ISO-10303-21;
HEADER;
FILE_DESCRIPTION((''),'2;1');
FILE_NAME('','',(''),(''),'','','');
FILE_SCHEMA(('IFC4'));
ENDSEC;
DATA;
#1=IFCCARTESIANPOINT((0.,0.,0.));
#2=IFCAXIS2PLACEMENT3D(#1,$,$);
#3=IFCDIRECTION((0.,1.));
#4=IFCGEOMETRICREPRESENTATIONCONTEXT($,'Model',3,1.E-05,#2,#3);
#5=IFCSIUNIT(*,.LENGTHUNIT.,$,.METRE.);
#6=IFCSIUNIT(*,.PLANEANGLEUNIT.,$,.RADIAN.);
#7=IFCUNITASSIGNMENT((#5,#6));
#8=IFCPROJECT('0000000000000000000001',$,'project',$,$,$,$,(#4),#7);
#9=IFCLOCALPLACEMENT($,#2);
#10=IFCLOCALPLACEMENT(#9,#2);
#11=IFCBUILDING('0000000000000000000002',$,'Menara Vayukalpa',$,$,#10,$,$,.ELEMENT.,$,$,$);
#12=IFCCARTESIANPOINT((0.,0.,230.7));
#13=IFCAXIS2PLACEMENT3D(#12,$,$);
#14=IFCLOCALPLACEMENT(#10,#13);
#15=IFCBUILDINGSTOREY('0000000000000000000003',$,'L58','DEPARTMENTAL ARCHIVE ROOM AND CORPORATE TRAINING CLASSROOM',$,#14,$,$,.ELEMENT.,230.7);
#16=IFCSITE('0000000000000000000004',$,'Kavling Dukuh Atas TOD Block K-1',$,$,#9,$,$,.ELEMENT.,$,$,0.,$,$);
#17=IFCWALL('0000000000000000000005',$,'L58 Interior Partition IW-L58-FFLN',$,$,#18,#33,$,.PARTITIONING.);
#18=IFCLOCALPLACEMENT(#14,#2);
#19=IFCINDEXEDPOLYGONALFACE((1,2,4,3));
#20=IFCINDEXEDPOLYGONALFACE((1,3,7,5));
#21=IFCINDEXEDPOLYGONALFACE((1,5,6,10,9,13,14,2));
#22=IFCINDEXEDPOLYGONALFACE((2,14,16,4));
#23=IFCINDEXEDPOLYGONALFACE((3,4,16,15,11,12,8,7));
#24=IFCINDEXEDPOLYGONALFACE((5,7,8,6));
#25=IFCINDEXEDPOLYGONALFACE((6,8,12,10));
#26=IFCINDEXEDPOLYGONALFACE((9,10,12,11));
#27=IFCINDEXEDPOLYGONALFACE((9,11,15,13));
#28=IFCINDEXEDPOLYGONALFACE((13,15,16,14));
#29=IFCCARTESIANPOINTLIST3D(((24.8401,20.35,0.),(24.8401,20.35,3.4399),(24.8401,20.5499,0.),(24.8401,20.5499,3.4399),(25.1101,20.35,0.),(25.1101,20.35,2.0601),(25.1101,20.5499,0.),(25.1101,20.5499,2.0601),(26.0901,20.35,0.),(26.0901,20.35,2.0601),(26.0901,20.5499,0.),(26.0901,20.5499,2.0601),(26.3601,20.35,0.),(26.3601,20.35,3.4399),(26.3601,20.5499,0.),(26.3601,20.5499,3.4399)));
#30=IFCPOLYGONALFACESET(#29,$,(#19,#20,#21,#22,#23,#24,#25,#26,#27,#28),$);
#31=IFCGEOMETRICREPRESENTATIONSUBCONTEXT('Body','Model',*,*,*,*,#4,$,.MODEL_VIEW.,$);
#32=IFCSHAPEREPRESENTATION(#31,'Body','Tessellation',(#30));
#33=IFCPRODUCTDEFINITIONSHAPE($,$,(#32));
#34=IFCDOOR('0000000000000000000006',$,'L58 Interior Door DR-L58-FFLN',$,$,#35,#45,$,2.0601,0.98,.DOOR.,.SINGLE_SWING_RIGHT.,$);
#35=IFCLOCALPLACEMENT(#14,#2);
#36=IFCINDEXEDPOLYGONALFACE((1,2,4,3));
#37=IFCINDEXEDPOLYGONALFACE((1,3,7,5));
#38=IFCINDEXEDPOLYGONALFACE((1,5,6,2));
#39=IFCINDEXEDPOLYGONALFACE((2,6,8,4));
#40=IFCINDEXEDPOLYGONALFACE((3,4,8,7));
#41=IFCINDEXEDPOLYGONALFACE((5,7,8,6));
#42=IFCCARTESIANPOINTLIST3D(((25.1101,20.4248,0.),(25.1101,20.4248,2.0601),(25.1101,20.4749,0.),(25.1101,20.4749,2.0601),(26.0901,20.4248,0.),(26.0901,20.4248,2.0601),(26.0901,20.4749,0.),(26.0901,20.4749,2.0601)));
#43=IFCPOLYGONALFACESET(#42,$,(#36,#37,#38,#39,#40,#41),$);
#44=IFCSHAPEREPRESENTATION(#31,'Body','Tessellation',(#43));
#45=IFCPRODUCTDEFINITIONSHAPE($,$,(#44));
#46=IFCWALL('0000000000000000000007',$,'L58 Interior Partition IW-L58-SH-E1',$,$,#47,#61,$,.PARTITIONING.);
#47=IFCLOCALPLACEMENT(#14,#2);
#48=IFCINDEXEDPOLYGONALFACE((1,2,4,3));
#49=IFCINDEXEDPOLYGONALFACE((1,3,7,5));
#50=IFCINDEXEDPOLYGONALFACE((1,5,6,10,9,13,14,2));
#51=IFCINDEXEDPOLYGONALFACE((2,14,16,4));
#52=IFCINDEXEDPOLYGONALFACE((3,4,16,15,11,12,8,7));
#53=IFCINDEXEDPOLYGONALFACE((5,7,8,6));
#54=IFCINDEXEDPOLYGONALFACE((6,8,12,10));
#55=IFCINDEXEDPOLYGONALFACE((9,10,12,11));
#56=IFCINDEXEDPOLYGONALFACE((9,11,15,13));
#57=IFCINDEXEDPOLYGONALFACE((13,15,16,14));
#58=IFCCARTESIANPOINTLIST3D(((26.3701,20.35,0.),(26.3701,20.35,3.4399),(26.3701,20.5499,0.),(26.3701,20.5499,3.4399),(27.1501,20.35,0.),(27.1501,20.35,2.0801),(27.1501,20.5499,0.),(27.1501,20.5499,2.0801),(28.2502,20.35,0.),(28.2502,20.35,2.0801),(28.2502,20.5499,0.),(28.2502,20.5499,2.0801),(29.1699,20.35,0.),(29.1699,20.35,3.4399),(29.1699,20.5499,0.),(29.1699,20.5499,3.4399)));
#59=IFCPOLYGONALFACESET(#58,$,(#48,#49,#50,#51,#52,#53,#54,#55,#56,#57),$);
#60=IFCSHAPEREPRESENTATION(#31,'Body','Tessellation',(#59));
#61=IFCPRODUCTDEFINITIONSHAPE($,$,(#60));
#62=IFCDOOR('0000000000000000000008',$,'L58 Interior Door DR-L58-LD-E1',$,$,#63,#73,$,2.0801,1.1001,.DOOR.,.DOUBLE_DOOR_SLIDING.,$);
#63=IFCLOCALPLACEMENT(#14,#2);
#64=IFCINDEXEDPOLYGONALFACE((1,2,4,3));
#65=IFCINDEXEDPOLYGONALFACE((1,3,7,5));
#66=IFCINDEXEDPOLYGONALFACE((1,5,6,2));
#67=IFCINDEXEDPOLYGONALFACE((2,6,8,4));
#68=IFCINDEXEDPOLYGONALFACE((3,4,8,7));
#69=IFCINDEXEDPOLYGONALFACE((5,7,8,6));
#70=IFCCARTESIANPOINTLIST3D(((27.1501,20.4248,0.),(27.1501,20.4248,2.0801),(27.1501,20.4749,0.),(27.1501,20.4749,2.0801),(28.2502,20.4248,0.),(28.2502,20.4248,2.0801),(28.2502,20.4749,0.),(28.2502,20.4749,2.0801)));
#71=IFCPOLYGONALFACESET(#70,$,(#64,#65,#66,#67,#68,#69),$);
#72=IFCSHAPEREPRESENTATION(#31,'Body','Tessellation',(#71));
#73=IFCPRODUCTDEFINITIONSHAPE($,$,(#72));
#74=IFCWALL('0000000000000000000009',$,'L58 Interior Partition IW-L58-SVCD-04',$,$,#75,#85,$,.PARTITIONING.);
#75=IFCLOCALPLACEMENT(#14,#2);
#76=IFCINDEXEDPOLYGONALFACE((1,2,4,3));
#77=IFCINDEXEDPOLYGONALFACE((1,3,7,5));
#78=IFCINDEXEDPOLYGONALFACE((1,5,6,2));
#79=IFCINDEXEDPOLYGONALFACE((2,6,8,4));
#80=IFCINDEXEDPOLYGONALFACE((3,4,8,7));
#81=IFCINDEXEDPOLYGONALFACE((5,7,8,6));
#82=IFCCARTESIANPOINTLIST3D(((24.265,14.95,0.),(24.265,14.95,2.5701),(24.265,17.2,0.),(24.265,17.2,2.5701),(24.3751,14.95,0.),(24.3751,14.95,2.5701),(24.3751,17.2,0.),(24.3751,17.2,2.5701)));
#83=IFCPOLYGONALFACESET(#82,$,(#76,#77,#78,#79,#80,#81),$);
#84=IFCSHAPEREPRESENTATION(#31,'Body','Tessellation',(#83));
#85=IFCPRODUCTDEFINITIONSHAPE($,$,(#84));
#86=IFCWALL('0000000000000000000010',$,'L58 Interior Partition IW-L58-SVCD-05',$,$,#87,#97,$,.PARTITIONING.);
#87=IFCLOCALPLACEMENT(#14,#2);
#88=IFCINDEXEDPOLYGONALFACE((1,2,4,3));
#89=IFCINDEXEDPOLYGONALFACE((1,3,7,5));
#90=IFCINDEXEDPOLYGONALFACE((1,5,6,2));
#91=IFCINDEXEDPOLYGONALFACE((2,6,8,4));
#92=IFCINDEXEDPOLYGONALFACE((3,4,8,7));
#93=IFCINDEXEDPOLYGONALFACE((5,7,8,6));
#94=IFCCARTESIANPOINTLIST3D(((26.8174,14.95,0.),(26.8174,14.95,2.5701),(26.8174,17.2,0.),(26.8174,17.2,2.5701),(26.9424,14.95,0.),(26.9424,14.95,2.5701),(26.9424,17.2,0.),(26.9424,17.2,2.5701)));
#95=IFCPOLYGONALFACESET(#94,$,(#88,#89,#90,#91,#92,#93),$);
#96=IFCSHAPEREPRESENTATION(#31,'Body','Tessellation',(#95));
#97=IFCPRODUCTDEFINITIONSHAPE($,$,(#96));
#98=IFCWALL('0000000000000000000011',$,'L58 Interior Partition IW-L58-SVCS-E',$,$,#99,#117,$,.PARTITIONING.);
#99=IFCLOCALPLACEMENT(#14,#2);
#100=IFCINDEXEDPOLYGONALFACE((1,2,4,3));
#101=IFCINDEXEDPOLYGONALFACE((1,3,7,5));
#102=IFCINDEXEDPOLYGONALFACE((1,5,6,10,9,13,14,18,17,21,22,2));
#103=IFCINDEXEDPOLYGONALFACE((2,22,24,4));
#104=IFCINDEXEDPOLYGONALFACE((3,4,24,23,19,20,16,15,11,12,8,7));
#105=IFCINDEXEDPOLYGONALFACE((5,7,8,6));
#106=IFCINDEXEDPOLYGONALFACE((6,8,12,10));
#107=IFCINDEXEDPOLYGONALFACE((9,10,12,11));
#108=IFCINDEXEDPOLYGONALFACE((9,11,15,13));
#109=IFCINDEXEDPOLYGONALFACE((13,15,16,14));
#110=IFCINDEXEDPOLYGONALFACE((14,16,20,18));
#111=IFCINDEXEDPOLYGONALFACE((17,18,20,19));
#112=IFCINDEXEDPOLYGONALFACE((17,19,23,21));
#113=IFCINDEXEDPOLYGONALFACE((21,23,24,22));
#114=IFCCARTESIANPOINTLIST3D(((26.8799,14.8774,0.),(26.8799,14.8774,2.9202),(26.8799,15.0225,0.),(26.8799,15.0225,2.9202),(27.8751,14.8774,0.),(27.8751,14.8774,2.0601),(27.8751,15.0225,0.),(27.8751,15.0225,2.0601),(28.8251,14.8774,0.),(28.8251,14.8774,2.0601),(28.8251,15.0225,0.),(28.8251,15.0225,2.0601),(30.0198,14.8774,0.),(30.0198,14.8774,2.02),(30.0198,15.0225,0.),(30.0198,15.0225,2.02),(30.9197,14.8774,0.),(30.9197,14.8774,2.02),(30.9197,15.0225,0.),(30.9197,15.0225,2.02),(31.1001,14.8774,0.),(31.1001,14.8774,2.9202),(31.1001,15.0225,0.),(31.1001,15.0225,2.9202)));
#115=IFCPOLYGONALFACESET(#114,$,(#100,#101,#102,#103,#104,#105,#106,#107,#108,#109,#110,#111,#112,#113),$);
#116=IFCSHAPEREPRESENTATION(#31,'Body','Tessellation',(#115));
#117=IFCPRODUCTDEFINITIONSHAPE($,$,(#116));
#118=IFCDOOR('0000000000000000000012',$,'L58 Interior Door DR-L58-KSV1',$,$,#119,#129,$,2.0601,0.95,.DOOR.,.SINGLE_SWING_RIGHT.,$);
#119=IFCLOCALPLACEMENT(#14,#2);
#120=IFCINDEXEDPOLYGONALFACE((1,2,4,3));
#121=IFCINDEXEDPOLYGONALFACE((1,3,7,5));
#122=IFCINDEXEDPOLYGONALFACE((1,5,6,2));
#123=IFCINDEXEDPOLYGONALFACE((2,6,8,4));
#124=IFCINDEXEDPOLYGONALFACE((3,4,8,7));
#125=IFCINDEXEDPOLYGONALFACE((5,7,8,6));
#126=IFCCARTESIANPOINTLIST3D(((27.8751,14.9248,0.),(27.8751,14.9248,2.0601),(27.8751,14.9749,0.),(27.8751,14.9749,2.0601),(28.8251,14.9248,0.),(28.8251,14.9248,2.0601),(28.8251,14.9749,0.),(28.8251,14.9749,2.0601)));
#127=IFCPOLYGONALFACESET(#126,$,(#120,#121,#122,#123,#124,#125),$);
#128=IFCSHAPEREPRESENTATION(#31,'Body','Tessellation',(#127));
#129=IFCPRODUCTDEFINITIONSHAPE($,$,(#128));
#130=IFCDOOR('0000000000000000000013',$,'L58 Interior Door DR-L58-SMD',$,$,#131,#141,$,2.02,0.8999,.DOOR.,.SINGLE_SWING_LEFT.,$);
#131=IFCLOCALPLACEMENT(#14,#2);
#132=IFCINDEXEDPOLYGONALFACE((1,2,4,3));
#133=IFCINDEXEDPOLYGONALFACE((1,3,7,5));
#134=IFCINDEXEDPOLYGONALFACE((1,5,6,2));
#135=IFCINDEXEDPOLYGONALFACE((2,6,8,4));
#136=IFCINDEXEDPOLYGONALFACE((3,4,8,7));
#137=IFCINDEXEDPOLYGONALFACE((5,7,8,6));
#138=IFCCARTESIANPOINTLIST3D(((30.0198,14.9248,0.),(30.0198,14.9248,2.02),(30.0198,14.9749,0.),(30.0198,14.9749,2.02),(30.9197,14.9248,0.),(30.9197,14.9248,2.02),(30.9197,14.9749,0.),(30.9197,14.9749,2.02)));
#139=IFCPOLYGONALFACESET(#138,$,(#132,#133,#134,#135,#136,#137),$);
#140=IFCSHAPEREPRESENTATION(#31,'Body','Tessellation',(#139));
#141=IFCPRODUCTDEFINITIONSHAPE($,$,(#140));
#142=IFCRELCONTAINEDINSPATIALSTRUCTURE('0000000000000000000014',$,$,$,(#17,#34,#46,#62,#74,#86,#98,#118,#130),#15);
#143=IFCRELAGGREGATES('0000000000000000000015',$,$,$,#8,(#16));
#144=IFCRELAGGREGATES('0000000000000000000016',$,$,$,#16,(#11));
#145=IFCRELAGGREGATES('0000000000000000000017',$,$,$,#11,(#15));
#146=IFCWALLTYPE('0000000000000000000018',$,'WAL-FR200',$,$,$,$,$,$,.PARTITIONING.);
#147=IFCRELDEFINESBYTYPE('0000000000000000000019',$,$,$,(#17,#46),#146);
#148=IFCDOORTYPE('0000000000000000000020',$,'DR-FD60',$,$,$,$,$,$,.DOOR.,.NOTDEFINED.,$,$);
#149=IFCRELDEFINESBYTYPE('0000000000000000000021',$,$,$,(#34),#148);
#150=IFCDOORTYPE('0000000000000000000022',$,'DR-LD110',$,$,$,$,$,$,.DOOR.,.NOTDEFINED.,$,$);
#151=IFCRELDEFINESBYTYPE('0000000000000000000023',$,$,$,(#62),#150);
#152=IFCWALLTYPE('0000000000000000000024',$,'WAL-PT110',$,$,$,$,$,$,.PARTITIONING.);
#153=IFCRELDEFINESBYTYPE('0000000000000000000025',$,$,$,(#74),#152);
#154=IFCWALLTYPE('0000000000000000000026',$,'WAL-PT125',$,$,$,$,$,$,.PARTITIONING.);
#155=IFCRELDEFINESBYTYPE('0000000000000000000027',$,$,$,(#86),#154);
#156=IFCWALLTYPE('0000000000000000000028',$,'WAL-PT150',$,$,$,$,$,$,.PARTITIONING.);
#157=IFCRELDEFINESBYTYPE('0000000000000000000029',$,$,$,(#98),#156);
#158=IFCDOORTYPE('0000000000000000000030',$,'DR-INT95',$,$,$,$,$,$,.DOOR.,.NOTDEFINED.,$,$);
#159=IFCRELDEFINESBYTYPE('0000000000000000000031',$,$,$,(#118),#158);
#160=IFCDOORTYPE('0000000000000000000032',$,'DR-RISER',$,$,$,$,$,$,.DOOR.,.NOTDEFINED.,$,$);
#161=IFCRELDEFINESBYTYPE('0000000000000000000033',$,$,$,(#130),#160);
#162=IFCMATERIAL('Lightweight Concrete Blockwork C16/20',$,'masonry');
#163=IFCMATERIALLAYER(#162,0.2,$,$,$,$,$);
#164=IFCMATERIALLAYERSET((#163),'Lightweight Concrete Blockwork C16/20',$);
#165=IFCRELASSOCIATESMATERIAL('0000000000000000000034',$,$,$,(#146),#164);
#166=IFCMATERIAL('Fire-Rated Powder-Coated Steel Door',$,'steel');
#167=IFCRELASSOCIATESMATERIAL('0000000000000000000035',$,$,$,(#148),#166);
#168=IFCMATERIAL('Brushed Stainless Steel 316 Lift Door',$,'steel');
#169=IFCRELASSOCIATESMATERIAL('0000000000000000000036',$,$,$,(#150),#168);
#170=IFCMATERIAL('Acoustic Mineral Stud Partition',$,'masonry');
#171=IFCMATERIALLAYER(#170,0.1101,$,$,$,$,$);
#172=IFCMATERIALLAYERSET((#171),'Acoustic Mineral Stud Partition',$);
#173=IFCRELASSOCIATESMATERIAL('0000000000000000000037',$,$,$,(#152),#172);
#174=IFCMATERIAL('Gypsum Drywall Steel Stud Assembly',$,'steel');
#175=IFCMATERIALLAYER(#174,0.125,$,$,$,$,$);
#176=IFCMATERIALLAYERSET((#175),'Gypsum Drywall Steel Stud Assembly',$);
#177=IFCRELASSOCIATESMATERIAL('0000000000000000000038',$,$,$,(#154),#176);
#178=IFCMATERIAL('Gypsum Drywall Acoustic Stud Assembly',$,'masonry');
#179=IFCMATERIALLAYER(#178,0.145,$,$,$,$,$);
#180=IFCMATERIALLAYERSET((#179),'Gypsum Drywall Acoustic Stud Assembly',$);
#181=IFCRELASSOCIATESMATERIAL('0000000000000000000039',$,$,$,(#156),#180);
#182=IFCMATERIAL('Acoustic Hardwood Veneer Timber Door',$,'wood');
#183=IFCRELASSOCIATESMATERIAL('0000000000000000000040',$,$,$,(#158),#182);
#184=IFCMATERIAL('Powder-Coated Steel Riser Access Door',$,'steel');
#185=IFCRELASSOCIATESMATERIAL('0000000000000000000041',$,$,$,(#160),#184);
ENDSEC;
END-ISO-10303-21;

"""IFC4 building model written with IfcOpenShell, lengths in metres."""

from ifc_helpers import new_model, si_unit, direction, frame, frame_2d, origin, place, context, subcontext, project, spatial, rectangle, extrude, material, layer, layer_set, type_object, element, fill, save


model = new_model("IFC4")

# Units and contexts
model_context = context("Model", 3, precision=1e-05, world=origin(), true_north=direction((0.0, 1.0)))
body_context = subcontext(model_context, "Body", "Model", "MODEL_VIEW")
ifc_project = project(units=[si_unit("LENGTHUNIT", "METRE"), si_unit("PLANEANGLEUNIT", "RADIAN")], contexts=[model_context])

# Site, building, storey
site_placement = place(None, origin())
site = spatial("IfcSite", under=ifc_project, at=site_placement, Name="Kavling Dukuh Atas TOD Block K-1", CompositionType="ELEMENT", RefElevation=0.0)
building_placement = place(site_placement, origin())
building = spatial("IfcBuilding", under=site, at=building_placement, Name="Menara Vayukalpa", CompositionType="ELEMENT")
storey_placement = place(building_placement, frame((0.0, 0.0, 230.7)))
storey = spatial("IfcBuildingStorey", under=building, at=storey_placement, Name="L58", Description="DEPARTMENTAL ARCHIVE ROOM AND CORPORATE TRAINING CLASSROOM", CompositionType="ELEMENT", Elevation=230.7)

# Walls, openings, doors
ifc_material_1 = material(Name="Lightweight Concrete Blockwork C16/20", Category="masonry")
ifc_layer_1 = layer(ifc_material_1, 0.2)
ifc_layer_set_1 = layer_set([ifc_layer_1], Name="Lightweight Concrete Blockwork C16/20")
wall_type_1 = type_object("IfcWallType", Name="WAL-FR200", PredefinedType="PARTITIONING", material=ifc_layer_set_1)
wall_1_placement = place(storey_placement, frame((24.8401, 20.45, 0.0), z_axis=(0.0, 0.0, 1.0), x_axis=(1.0, 0.0, 0.0)))
wall_1 = element("IfcWall", 1, at=wall_1_placement, inside=storey, type_object=wall_type_1, Name="L58 Interior Partition IW-L58-FFLN", PredefinedType="PARTITIONING", context=body_context, shape_type="SweptSolid", body=[
    extrude(rectangle(XDim=1.52, YDim=0.2, at=frame_2d((0.76, 0.0))), origin(), (0.0, 0.0, 1.0), 3.4399),
])
opening_1_placement = place(wall_1_placement, frame((0.27, 0.0, 0.0)))
opening_1 = element("IfcOpeningElement", 2, at=opening_1_placement, cuts=wall_1, PredefinedType="OPENING", context=body_context, shape_type="SweptSolid", body=[
    extrude(rectangle(XDim=0.98, YDim=2.0601, at=frame_2d((0.49, 1.03))), frame((0.0, 0.1099, 0.0), z_axis=(0.0, -1.0, 0.0), x_axis=(1.0, 0.0, 0.0)), (0.0, 0.0, 1.0), 0.22),
])
ifc_material_2 = material(Name="Fire-Rated Powder-Coated Steel Door", Category="steel")
door_type_1 = type_object("IfcDoorType", Name="DR-FD60", OperationType="NOTDEFINED", PredefinedType="DOOR", material=ifc_material_2)
door_1_placement = place(opening_1_placement, origin())
door_1 = element("IfcDoor", 3, at=door_1_placement, inside=storey, type_object=door_type_1, Name="L58 Interior Door DR-L58-FFLN", OperationType="SINGLE_SWING_RIGHT", OverallHeight=2.0601, OverallWidth=0.98, PredefinedType="DOOR", context=body_context, shape_type="SweptSolid", body=[
    extrude(rectangle(XDim=0.98, YDim=2.0601, at=frame_2d((0.49, 1.03))), frame((0.0, 0.0249, 0.0), z_axis=(0.0, -1.0, 0.0), x_axis=(1.0, 0.0, 0.0)), (0.0, 0.0, 1.0), 0.05),
])
fill(opening_1, door_1)
wall_2_placement = place(storey_placement, frame((26.3701, 20.45, 0.0), z_axis=(0.0, 0.0, 1.0), x_axis=(1.0, 0.0, 0.0)))
wall_2 = element("IfcWall", 4, at=wall_2_placement, inside=storey, type_object=wall_type_1, Name="L58 Interior Partition IW-L58-SH-E1", PredefinedType="PARTITIONING", context=body_context, shape_type="SweptSolid", body=[
    extrude(rectangle(XDim=2.7998, YDim=0.2, at=frame_2d((1.3999, 0.0))), origin(), (0.0, 0.0, 1.0), 3.4399),
])
opening_2_placement = place(wall_2_placement, frame((0.78, 0.0, 0.0)))
opening_2 = element("IfcOpeningElement", 5, at=opening_2_placement, cuts=wall_2, PredefinedType="OPENING", context=body_context, shape_type="SweptSolid", body=[
    extrude(rectangle(XDim=1.1001, YDim=2.0801, at=frame_2d((0.55, 1.04))), frame((0.0, 0.1099, 0.0), z_axis=(0.0, -1.0, 0.0), x_axis=(1.0, 0.0, 0.0)), (0.0, 0.0, 1.0), 0.22),
])
ifc_material_3 = material(Name="Brushed Stainless Steel 316 Lift Door", Category="steel")
door_type_2 = type_object("IfcDoorType", Name="DR-LD110", OperationType="NOTDEFINED", PredefinedType="DOOR", material=ifc_material_3)
door_2_placement = place(opening_2_placement, origin())
door_2 = element("IfcDoor", 6, at=door_2_placement, inside=storey, type_object=door_type_2, Name="L58 Interior Door DR-L58-LD-E1", OperationType="DOUBLE_DOOR_SLIDING", OverallHeight=2.0801, OverallWidth=1.1001, PredefinedType="DOOR", context=body_context, shape_type="SweptSolid", body=[
    extrude(rectangle(XDim=1.1001, YDim=2.0801, at=frame_2d((0.55, 1.04))), frame((0.0, 0.0249, 0.0), z_axis=(0.0, -1.0, 0.0), x_axis=(1.0, 0.0, 0.0)), (0.0, 0.0, 1.0), 0.05),
])
fill(opening_2, door_2)

# Walls
ifc_material_4 = material(Name="Acoustic Mineral Stud Partition", Category="masonry")
ifc_layer_2 = layer(ifc_material_4, 0.1101)
ifc_layer_set_2 = layer_set([ifc_layer_2], Name="Acoustic Mineral Stud Partition")
wall_type_2 = type_object("IfcWallType", Name="WAL-PT110", PredefinedType="PARTITIONING", material=ifc_layer_set_2)
wall_3_placement = place(storey_placement, frame((24.3201, 14.95, 0.0), z_axis=(0.0, 0.0, 1.0), x_axis=(0.0, 1.0, 0.0)))
element("IfcWall", 7, at=wall_3_placement, inside=storey, type_object=wall_type_2, Name="L58 Interior Partition IW-L58-SVCD-04", PredefinedType="PARTITIONING", context=body_context, shape_type="SweptSolid", body=[
    extrude(rectangle(XDim=2.25, YDim=0.1101, at=frame_2d((1.125, 0.0))), origin(), (0.0, 0.0, 1.0), 2.5701),
])
ifc_material_5 = material(Name="Gypsum Drywall Steel Stud Assembly", Category="steel")
ifc_layer_3 = layer(ifc_material_5, 0.125)
ifc_layer_set_3 = layer_set([ifc_layer_3], Name="Gypsum Drywall Steel Stud Assembly")
wall_type_3 = type_object("IfcWallType", Name="WAL-PT125", PredefinedType="PARTITIONING", material=ifc_layer_set_3)
wall_4_placement = place(storey_placement, frame((26.8799, 14.95, 0.0), z_axis=(0.0, 0.0, 1.0), x_axis=(0.0, 1.0, 0.0)))
element("IfcWall", 8, at=wall_4_placement, inside=storey, type_object=wall_type_3, Name="L58 Interior Partition IW-L58-SVCD-05", PredefinedType="PARTITIONING", context=body_context, shape_type="SweptSolid", body=[
    extrude(rectangle(XDim=2.25, YDim=0.125, at=frame_2d((1.125, 0.0))), origin(), (0.0, 0.0, 1.0), 2.5701),
])

# Wall, openings, doors
ifc_material_6 = material(Name="Gypsum Drywall Acoustic Stud Assembly", Category="masonry")
ifc_layer_4 = layer(ifc_material_6, 0.145)
ifc_layer_set_4 = layer_set([ifc_layer_4], Name="Gypsum Drywall Acoustic Stud Assembly")
wall_type_4 = type_object("IfcWallType", Name="WAL-PT150", PredefinedType="PARTITIONING", material=ifc_layer_set_4)
wall_5_placement = place(storey_placement, frame((26.8799, 14.95, 0.0), z_axis=(0.0, 0.0, 1.0), x_axis=(1.0, 0.0, 0.0)))
wall_5 = element("IfcWall", 9, at=wall_5_placement, inside=storey, type_object=wall_type_4, Name="L58 Interior Partition IW-L58-SVCS-E", PredefinedType="PARTITIONING", context=body_context, shape_type="SweptSolid", body=[
    extrude(rectangle(XDim=4.2202, YDim=0.145, at=frame_2d((2.1101, 0.0))), origin(), (0.0, 0.0, 1.0), 2.9202),
])
opening_3_placement = place(wall_5_placement, frame((0.9951, 0.0, 0.0)))
opening_3 = element("IfcOpeningElement", 10, at=opening_3_placement, cuts=wall_5, PredefinedType="OPENING", context=body_context, shape_type="SweptSolid", body=[
    extrude(rectangle(XDim=0.95, YDim=2.0601, at=frame_2d((0.4751, 1.03))), frame((0.0, 0.0825, 0.0), z_axis=(0.0, -1.0, 0.0), x_axis=(1.0, 0.0, 0.0)), (0.0, 0.0, 1.0), 0.165),
])
opening_4_placement = place(wall_5_placement, frame((3.1399, 0.0, 0.0)))
opening_4 = element("IfcOpeningElement", 11, at=opening_4_placement, cuts=wall_5, PredefinedType="OPENING", context=body_context, shape_type="SweptSolid", body=[
    extrude(rectangle(XDim=0.8999, YDim=2.02, at=frame_2d((0.45, 1.01))), frame((0.0, 0.0825, 0.0), z_axis=(0.0, -1.0, 0.0), x_axis=(1.0, 0.0, 0.0)), (0.0, 0.0, 1.0), 0.165),
])
ifc_material_7 = material(Name="Acoustic Hardwood Veneer Timber Door", Category="wood")
door_type_3 = type_object("IfcDoorType", Name="DR-INT95", OperationType="NOTDEFINED", PredefinedType="DOOR", material=ifc_material_7)
door_3_placement = place(opening_3_placement, origin())
door_3 = element("IfcDoor", 12, at=door_3_placement, inside=storey, type_object=door_type_3, Name="L58 Interior Door DR-L58-KSV1", OperationType="SINGLE_SWING_RIGHT", OverallHeight=2.0601, OverallWidth=0.95, PredefinedType="DOOR", context=body_context, shape_type="SweptSolid", body=[
    extrude(rectangle(XDim=0.95, YDim=2.0601, at=frame_2d((0.4751, 1.03))), frame((0.0, 0.0249, 0.0), z_axis=(0.0, -1.0, 0.0), x_axis=(1.0, 0.0, 0.0)), (0.0, 0.0, 1.0), 0.05),
])
fill(opening_3, door_3)
ifc_material_8 = material(Name="Powder-Coated Steel Riser Access Door", Category="steel")
door_type_4 = type_object("IfcDoorType", Name="DR-RISER", OperationType="NOTDEFINED", PredefinedType="DOOR", material=ifc_material_8)
door_4_placement = place(opening_4_placement, origin())
door_4 = element("IfcDoor", 13, at=door_4_placement, inside=storey, type_object=door_type_4, Name="L58 Interior Door DR-L58-SMD", OperationType="SINGLE_SWING_LEFT", OverallHeight=2.02, OverallWidth=0.8999, PredefinedType="DOOR", context=body_context, shape_type="SweptSolid", body=[
    extrude(rectangle(XDim=0.8999, YDim=2.02, at=frame_2d((0.45, 1.01))), frame((0.0, 0.0249, 0.0), z_axis=(0.0, -1.0, 0.0), x_axis=(1.0, 0.0, 0.0)), (0.0, 0.0, 1.0), 0.05),
])
fill(opening_4, door_4)

save(model, "model.ifc")
